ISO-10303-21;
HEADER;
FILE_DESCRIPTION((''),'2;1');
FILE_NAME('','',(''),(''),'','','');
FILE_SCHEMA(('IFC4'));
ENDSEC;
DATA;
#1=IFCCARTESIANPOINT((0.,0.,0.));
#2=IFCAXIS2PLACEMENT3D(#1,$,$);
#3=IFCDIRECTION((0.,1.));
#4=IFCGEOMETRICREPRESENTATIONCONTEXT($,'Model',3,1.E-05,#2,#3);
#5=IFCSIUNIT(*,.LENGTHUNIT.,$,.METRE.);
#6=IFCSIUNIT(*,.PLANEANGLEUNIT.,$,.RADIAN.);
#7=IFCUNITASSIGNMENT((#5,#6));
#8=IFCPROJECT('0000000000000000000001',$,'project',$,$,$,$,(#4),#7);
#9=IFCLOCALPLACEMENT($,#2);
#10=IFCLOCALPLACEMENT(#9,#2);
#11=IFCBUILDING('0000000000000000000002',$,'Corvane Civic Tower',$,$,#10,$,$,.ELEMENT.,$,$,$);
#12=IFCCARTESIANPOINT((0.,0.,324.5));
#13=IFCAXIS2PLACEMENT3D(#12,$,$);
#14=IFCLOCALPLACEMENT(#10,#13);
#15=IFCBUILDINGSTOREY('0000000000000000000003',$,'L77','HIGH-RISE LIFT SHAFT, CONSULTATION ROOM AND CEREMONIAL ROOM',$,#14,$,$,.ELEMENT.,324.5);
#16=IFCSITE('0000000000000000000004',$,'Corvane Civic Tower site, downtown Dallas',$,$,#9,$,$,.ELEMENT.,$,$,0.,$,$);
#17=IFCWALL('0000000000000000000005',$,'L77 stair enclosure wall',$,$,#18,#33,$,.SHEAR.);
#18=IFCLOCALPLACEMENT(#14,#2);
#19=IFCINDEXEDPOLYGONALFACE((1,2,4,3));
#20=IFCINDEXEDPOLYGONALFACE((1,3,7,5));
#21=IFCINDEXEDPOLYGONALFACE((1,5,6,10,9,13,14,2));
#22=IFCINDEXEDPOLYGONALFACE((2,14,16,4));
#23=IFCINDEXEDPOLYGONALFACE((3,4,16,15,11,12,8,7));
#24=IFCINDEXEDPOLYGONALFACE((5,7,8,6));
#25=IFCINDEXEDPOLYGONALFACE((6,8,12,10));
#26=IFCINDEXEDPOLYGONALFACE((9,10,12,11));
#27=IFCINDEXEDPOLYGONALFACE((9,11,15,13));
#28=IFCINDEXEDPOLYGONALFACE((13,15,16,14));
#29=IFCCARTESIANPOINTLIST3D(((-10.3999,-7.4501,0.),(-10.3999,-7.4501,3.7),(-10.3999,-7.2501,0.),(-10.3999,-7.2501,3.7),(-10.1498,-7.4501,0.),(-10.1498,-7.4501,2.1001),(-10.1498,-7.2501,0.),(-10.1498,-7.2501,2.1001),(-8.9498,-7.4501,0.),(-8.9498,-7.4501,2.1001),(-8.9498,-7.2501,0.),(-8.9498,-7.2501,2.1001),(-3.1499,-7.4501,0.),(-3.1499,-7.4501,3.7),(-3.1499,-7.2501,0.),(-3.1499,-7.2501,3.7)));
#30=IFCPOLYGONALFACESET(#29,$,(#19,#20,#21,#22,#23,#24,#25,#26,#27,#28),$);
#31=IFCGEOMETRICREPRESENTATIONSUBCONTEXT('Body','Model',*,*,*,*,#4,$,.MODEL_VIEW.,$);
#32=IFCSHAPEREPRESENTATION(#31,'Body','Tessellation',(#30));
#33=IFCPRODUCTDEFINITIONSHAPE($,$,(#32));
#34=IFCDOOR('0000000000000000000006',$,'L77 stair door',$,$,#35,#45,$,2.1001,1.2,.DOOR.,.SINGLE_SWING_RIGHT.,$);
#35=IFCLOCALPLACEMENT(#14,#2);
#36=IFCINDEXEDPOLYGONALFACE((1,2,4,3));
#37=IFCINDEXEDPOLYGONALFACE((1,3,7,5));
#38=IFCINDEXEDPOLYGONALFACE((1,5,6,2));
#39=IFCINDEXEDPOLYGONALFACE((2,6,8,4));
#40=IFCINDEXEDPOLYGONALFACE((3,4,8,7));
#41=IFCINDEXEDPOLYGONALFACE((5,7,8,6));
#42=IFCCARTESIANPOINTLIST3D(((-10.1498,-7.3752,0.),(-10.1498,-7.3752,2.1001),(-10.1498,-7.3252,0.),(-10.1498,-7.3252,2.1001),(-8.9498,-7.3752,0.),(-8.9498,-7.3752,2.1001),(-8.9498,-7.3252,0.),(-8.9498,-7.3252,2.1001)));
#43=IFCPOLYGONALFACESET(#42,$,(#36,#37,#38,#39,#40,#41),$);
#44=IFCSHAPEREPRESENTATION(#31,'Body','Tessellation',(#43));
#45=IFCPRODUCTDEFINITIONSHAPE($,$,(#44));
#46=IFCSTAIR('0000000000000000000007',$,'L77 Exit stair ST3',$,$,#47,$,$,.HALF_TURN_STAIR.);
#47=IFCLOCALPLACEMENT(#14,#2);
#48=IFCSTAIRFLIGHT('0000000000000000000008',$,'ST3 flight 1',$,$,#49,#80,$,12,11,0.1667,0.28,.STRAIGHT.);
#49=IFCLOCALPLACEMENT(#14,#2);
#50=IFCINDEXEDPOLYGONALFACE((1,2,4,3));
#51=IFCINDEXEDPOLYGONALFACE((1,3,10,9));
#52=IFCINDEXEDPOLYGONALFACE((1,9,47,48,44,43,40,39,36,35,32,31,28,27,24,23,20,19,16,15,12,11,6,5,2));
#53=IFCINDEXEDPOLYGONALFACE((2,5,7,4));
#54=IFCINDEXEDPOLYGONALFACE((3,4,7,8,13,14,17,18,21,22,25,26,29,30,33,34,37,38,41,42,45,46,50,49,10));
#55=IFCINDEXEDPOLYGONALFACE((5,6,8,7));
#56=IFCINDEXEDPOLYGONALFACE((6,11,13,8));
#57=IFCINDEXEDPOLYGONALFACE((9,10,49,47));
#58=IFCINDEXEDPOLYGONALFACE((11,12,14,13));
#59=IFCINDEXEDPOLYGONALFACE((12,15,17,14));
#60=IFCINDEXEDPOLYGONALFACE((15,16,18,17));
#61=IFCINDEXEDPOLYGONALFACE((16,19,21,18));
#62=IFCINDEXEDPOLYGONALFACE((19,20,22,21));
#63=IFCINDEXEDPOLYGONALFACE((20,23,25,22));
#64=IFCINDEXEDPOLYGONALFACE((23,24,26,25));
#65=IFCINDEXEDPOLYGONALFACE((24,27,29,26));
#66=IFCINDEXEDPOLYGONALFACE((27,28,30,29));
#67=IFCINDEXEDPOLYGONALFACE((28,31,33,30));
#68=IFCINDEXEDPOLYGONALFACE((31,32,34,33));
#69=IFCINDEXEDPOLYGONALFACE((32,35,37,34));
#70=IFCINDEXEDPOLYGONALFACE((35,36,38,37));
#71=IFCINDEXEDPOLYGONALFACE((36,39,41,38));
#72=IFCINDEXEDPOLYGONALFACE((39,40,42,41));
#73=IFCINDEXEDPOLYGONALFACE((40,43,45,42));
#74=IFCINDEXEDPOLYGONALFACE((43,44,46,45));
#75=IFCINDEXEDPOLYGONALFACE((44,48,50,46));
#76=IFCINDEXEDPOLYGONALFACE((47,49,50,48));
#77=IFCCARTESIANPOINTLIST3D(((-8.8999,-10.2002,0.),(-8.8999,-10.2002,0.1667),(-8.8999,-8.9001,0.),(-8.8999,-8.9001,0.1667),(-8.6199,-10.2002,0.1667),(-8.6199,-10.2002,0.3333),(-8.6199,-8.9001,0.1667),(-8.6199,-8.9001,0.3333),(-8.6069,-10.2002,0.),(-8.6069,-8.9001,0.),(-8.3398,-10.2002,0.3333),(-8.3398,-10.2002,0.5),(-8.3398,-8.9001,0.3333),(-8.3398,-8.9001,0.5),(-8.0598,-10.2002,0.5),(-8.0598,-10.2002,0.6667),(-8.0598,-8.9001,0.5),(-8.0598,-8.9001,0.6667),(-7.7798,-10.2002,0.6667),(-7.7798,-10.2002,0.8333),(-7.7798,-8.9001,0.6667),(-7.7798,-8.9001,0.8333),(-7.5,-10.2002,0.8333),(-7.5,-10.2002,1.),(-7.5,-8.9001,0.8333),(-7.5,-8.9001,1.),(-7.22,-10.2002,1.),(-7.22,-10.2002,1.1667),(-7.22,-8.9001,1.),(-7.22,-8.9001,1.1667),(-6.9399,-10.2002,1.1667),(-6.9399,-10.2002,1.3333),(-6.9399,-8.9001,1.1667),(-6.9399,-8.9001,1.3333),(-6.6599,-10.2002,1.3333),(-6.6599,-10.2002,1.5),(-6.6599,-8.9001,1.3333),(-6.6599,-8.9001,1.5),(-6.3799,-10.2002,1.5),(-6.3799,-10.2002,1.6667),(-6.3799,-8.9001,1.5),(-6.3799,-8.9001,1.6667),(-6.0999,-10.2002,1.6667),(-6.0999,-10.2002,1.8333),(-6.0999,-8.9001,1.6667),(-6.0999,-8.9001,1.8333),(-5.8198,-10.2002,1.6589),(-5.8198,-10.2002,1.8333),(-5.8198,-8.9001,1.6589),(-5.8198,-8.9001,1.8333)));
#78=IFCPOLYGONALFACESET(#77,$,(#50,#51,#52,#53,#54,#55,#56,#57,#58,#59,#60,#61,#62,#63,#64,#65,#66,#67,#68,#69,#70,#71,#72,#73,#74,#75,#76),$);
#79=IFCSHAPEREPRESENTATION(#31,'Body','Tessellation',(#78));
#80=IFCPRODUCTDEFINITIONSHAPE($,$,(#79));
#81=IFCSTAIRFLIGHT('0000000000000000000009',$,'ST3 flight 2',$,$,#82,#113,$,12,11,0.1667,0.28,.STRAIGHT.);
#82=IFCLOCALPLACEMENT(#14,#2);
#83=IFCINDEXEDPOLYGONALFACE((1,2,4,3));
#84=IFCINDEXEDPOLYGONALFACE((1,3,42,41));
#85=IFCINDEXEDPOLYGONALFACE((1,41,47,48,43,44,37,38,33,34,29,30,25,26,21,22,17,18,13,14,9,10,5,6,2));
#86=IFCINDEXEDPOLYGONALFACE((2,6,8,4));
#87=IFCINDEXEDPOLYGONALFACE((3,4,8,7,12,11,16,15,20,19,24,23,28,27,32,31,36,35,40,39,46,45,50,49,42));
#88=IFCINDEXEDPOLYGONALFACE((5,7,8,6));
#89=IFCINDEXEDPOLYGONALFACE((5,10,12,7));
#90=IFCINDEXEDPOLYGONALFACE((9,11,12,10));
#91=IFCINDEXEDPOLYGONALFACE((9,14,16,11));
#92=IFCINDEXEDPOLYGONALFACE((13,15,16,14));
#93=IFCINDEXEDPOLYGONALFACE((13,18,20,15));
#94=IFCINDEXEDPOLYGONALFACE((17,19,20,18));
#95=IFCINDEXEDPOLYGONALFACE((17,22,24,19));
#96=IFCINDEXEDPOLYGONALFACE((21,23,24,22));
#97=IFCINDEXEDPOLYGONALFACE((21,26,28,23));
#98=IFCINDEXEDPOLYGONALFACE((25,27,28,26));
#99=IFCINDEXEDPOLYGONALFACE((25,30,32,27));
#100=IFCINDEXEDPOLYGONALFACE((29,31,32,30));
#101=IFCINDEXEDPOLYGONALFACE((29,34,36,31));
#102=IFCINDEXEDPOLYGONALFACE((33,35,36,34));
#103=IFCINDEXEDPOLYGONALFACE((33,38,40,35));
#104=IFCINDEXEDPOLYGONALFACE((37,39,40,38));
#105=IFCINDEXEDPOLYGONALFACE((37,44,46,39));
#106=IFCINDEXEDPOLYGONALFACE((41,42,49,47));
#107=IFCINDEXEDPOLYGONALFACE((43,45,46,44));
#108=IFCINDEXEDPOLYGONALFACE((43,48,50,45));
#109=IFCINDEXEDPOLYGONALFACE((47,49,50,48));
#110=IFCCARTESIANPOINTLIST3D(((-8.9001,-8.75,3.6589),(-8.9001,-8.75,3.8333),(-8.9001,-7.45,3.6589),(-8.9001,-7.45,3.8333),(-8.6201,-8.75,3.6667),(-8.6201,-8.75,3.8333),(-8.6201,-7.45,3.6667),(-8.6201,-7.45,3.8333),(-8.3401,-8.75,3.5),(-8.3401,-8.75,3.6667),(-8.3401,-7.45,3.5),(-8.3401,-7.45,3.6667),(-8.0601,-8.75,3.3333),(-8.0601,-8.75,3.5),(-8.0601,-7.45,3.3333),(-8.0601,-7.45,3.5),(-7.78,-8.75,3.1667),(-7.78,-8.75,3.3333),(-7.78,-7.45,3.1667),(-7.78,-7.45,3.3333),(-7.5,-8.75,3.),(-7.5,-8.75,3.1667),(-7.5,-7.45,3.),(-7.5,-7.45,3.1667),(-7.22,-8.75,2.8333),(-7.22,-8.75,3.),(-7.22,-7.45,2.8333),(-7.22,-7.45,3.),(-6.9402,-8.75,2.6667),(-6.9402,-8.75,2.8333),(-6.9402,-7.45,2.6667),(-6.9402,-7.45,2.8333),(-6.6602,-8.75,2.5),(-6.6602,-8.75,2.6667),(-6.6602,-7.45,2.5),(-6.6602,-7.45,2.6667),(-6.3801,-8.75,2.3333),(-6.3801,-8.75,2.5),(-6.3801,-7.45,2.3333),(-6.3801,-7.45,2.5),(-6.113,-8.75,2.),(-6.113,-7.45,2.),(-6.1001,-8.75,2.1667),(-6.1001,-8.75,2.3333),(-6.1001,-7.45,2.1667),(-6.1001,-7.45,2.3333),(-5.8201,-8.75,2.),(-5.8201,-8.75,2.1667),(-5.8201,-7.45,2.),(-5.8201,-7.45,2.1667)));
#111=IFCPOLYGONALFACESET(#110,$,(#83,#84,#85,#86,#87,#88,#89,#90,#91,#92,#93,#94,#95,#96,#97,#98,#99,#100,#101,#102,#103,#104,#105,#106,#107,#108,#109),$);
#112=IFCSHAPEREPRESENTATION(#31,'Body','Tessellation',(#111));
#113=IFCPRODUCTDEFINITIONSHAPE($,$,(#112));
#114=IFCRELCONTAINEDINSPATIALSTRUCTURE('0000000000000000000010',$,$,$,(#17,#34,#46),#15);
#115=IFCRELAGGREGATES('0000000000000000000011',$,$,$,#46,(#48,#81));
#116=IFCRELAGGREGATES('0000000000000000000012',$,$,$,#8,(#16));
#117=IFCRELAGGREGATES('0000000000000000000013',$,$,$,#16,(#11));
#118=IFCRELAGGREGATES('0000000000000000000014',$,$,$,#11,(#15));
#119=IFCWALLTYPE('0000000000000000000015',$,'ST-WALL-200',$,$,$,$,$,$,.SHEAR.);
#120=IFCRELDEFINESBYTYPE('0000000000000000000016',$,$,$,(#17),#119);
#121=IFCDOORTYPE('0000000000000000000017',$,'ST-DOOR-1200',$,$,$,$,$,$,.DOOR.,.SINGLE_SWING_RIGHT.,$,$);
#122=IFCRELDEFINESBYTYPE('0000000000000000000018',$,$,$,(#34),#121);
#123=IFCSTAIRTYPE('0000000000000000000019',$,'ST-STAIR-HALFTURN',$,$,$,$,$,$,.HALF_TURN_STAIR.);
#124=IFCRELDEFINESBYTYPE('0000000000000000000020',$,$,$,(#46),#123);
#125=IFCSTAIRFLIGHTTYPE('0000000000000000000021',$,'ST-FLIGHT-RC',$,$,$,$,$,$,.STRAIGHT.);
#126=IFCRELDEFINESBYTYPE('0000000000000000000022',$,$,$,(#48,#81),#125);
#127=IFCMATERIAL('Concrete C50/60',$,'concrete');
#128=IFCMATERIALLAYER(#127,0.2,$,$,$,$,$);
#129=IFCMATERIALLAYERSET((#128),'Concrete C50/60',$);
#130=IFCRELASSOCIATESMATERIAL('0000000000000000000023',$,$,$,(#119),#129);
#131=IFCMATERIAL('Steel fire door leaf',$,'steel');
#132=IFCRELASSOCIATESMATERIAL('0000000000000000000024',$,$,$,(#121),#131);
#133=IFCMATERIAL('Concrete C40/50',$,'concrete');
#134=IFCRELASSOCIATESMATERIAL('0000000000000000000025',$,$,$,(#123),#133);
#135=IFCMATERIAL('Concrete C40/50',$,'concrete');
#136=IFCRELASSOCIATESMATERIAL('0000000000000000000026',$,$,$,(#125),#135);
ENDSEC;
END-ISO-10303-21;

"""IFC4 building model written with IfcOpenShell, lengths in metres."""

from ifc_helpers import new_model, si_unit, direction, frame, frame_2d, origin, place, context, subcontext, project, spatial, polyline, rectangle, outline, extrude, material, layer, layer_set, type_object, element, fill, aggregate, save


model = new_model("IFC4")

# Units and contexts
model_context = context("Model", 3, precision=1e-05, world=origin(), true_north=direction((0.0, 1.0)))
body_context = subcontext(model_context, "Body", "Model", "MODEL_VIEW")
ifc_project = project(units=[si_unit("LENGTHUNIT", "METRE"), si_unit("PLANEANGLEUNIT", "RADIAN")], contexts=[model_context])

# Site, building, storey
site_placement = place(None, origin())
site = spatial("IfcSite", under=ifc_project, at=site_placement, Name="Corvane Civic Tower site, downtown Dallas", CompositionType="ELEMENT", RefElevation=0.0)
building_placement = place(site_placement, origin())
building = spatial("IfcBuilding", under=site, at=building_placement, Name="Corvane Civic Tower", CompositionType="ELEMENT")
storey_placement = place(building_placement, frame((0.0, 0.0, 324.5)))
storey = spatial("IfcBuildingStorey", under=building, at=storey_placement, Name="L77", Description="HIGH-RISE LIFT SHAFT, CONSULTATION ROOM AND CEREMONIAL ROOM", CompositionType="ELEMENT", Elevation=324.5)

# Wall, opening, door
ifc_material_1 = material(Name="Concrete C50/60", Category="concrete")
ifc_layer_1 = layer(ifc_material_1, 0.2)
ifc_layer_set_1 = layer_set([ifc_layer_1], Name="Concrete C50/60")
wall_type_1 = type_object("IfcWallType", Name="ST-WALL-200", PredefinedType="SHEAR", material=ifc_layer_set_1)
wall_1_placement = place(storey_placement, frame((-10.3999, -7.3501, 0.0), z_axis=(0.0, 0.0, 1.0), x_axis=(1.0, 0.0, 0.0)))
wall_1 = element("IfcWall", 1, at=wall_1_placement, inside=storey, type_object=wall_type_1, Name="L77 stair enclosure wall", PredefinedType="SHEAR", context=body_context, shape_type="SweptSolid", body=[
    extrude(rectangle(XDim=7.25, YDim=0.2, at=frame_2d((3.625, 0.0))), origin(), (0.0, 0.0, 1.0), 3.7),
])
opening_1_placement = place(wall_1_placement, frame((0.25, 0.0, 0.0)))
opening_1 = element("IfcOpeningElement", 2, at=opening_1_placement, cuts=wall_1, PredefinedType="OPENING", context=body_context, shape_type="SweptSolid", body=[
    extrude(rectangle(XDim=1.2, YDim=2.1001, at=frame_2d((0.6001, 1.05))), frame((0.0, 0.1099, 0.0), z_axis=(0.0, -1.0, 0.0), x_axis=(1.0, 0.0, 0.0)), (0.0, 0.0, 1.0), 0.22),
])
ifc_material_2 = material(Name="Steel fire door leaf", Category="steel")
door_type_1 = type_object("IfcDoorType", Name="ST-DOOR-1200", OperationType="SINGLE_SWING_RIGHT", PredefinedType="DOOR", material=ifc_material_2)
door_1_placement = place(opening_1_placement, origin())
door_1 = element("IfcDoor", 3, at=door_1_placement, inside=storey, type_object=door_type_1, Name="L77 stair door", OperationType="SINGLE_SWING_RIGHT", OverallHeight=2.1001, OverallWidth=1.2, PredefinedType="DOOR", context=body_context, shape_type="SweptSolid", body=[
    extrude(rectangle(XDim=1.2, YDim=2.1001, at=frame_2d((0.6001, 1.05))), frame((0.0, 0.0249, 0.0), z_axis=(0.0, -1.0, 0.0), x_axis=(1.0, 0.0, 0.0)), (0.0, 0.0, 1.0), 0.05),
])
fill(opening_1, door_1)

# Stair, stair flights
ifc_material_3 = material(Name="Concrete C40/50", Category="concrete")
stair_type = type_object("IfcStairType", Name="ST-STAIR-HALFTURN", PredefinedType="HALF_TURN_STAIR", material=ifc_material_3)
stair_placement = place(storey_placement, origin())
stair = element("IfcStair", 4, at=stair_placement, inside=storey, type_object=stair_type, Name="L77 Exit stair ST3", PredefinedType="HALF_TURN_STAIR")
ifc_material_4 = material(Name="Concrete C40/50", Category="concrete")
stair_flight_type = type_object("IfcStairFlightType", Name="ST-FLIGHT-RC", PredefinedType="STRAIGHT", material=ifc_material_4)
stair_flight_1_placement = place(storey_placement, frame((-8.8999, -9.55, 0.0), z_axis=(0.0, 0.0, 1.0), x_axis=(1.0, 0.0, 0.0)))
stair_flight_1 = element("IfcStairFlight", 5, at=stair_flight_1_placement, type_object=stair_flight_type, Name="ST3 flight 1", NumberOfRisers=12, NumberOfTreads=11, PredefinedType="STRAIGHT", RiserHeight=0.1667, TreadLength=0.28, context=body_context, shape_type="SweptSolid", body=[
    extrude(outline(polyline([(0.0, 0.0), (0.0, 0.1667), (0.28, 0.1667), (0.28, 0.3333), (0.5601, 0.3333), (0.5601, 0.5), (0.8401, 0.5), (0.8401, 0.6667), (1.1201, 0.6667), (1.1201, 0.8333), (1.3999, 0.8333), (1.3999, 1.0), (1.6799, 1.0), (1.6799, 1.1667), (1.96, 1.1667), (1.96, 1.3333), (2.24, 1.3333), (2.24, 1.5), (2.52, 1.5), (2.52, 1.6667), (2.8, 1.6667), (2.8, 1.8333), (3.0801, 1.8333), (3.0801, 2.0), (3.0801, 1.6589), (0.293, 0.0), (0.0, 0.0)])), frame((0.0, 0.6499, 0.0), z_axis=(0.0, -1.0, 0.0), x_axis=(1.0, 0.0, 0.0)), (0.0, 0.0, 1.0), 1.3),
])
stair_flight_2_placement = place(storey_placement, frame((-5.8201, -8.1001, 2.0), z_axis=(0.0, 0.0, 1.0), x_axis=(-1.0, 0.0, 0.0)))
stair_flight_2 = element("IfcStairFlight", 6, at=stair_flight_2_placement, type_object=stair_flight_type, Name="ST3 flight 2", NumberOfRisers=12, NumberOfTreads=11, PredefinedType="STRAIGHT", RiserHeight=0.1667, TreadLength=0.28, context=body_context, shape_type="SweptSolid", body=[
    extrude(outline(polyline([(0.0, 0.0), (0.0, 0.1667), (0.28, 0.1667), (0.28, 0.3333), (0.5601, 0.3333), (0.5601, 0.5), (0.8401, 0.5), (0.8401, 0.6667), (1.1201, 0.6667), (1.1201, 0.8333), (1.3999, 0.8333), (1.3999, 1.0), (1.6799, 1.0), (1.6799, 1.1667), (1.96, 1.1667), (1.96, 1.3333), (2.24, 1.3333), (2.24, 1.5), (2.52, 1.5), (2.52, 1.6667), (2.8, 1.6667), (2.8, 1.8333), (3.0801, 1.8333), (3.0801, 2.0), (3.0801, 1.6589), (0.293, 0.0), (0.0, 0.0)])), frame((0.0, 0.6499, 0.0), z_axis=(0.0, -1.0, 0.0), x_axis=(1.0, 0.0, 0.0)), (0.0, 0.0, 1.0), 1.3),
])
aggregate(stair, [stair_flight_1, stair_flight_2])

save(model, "model.ifc")
